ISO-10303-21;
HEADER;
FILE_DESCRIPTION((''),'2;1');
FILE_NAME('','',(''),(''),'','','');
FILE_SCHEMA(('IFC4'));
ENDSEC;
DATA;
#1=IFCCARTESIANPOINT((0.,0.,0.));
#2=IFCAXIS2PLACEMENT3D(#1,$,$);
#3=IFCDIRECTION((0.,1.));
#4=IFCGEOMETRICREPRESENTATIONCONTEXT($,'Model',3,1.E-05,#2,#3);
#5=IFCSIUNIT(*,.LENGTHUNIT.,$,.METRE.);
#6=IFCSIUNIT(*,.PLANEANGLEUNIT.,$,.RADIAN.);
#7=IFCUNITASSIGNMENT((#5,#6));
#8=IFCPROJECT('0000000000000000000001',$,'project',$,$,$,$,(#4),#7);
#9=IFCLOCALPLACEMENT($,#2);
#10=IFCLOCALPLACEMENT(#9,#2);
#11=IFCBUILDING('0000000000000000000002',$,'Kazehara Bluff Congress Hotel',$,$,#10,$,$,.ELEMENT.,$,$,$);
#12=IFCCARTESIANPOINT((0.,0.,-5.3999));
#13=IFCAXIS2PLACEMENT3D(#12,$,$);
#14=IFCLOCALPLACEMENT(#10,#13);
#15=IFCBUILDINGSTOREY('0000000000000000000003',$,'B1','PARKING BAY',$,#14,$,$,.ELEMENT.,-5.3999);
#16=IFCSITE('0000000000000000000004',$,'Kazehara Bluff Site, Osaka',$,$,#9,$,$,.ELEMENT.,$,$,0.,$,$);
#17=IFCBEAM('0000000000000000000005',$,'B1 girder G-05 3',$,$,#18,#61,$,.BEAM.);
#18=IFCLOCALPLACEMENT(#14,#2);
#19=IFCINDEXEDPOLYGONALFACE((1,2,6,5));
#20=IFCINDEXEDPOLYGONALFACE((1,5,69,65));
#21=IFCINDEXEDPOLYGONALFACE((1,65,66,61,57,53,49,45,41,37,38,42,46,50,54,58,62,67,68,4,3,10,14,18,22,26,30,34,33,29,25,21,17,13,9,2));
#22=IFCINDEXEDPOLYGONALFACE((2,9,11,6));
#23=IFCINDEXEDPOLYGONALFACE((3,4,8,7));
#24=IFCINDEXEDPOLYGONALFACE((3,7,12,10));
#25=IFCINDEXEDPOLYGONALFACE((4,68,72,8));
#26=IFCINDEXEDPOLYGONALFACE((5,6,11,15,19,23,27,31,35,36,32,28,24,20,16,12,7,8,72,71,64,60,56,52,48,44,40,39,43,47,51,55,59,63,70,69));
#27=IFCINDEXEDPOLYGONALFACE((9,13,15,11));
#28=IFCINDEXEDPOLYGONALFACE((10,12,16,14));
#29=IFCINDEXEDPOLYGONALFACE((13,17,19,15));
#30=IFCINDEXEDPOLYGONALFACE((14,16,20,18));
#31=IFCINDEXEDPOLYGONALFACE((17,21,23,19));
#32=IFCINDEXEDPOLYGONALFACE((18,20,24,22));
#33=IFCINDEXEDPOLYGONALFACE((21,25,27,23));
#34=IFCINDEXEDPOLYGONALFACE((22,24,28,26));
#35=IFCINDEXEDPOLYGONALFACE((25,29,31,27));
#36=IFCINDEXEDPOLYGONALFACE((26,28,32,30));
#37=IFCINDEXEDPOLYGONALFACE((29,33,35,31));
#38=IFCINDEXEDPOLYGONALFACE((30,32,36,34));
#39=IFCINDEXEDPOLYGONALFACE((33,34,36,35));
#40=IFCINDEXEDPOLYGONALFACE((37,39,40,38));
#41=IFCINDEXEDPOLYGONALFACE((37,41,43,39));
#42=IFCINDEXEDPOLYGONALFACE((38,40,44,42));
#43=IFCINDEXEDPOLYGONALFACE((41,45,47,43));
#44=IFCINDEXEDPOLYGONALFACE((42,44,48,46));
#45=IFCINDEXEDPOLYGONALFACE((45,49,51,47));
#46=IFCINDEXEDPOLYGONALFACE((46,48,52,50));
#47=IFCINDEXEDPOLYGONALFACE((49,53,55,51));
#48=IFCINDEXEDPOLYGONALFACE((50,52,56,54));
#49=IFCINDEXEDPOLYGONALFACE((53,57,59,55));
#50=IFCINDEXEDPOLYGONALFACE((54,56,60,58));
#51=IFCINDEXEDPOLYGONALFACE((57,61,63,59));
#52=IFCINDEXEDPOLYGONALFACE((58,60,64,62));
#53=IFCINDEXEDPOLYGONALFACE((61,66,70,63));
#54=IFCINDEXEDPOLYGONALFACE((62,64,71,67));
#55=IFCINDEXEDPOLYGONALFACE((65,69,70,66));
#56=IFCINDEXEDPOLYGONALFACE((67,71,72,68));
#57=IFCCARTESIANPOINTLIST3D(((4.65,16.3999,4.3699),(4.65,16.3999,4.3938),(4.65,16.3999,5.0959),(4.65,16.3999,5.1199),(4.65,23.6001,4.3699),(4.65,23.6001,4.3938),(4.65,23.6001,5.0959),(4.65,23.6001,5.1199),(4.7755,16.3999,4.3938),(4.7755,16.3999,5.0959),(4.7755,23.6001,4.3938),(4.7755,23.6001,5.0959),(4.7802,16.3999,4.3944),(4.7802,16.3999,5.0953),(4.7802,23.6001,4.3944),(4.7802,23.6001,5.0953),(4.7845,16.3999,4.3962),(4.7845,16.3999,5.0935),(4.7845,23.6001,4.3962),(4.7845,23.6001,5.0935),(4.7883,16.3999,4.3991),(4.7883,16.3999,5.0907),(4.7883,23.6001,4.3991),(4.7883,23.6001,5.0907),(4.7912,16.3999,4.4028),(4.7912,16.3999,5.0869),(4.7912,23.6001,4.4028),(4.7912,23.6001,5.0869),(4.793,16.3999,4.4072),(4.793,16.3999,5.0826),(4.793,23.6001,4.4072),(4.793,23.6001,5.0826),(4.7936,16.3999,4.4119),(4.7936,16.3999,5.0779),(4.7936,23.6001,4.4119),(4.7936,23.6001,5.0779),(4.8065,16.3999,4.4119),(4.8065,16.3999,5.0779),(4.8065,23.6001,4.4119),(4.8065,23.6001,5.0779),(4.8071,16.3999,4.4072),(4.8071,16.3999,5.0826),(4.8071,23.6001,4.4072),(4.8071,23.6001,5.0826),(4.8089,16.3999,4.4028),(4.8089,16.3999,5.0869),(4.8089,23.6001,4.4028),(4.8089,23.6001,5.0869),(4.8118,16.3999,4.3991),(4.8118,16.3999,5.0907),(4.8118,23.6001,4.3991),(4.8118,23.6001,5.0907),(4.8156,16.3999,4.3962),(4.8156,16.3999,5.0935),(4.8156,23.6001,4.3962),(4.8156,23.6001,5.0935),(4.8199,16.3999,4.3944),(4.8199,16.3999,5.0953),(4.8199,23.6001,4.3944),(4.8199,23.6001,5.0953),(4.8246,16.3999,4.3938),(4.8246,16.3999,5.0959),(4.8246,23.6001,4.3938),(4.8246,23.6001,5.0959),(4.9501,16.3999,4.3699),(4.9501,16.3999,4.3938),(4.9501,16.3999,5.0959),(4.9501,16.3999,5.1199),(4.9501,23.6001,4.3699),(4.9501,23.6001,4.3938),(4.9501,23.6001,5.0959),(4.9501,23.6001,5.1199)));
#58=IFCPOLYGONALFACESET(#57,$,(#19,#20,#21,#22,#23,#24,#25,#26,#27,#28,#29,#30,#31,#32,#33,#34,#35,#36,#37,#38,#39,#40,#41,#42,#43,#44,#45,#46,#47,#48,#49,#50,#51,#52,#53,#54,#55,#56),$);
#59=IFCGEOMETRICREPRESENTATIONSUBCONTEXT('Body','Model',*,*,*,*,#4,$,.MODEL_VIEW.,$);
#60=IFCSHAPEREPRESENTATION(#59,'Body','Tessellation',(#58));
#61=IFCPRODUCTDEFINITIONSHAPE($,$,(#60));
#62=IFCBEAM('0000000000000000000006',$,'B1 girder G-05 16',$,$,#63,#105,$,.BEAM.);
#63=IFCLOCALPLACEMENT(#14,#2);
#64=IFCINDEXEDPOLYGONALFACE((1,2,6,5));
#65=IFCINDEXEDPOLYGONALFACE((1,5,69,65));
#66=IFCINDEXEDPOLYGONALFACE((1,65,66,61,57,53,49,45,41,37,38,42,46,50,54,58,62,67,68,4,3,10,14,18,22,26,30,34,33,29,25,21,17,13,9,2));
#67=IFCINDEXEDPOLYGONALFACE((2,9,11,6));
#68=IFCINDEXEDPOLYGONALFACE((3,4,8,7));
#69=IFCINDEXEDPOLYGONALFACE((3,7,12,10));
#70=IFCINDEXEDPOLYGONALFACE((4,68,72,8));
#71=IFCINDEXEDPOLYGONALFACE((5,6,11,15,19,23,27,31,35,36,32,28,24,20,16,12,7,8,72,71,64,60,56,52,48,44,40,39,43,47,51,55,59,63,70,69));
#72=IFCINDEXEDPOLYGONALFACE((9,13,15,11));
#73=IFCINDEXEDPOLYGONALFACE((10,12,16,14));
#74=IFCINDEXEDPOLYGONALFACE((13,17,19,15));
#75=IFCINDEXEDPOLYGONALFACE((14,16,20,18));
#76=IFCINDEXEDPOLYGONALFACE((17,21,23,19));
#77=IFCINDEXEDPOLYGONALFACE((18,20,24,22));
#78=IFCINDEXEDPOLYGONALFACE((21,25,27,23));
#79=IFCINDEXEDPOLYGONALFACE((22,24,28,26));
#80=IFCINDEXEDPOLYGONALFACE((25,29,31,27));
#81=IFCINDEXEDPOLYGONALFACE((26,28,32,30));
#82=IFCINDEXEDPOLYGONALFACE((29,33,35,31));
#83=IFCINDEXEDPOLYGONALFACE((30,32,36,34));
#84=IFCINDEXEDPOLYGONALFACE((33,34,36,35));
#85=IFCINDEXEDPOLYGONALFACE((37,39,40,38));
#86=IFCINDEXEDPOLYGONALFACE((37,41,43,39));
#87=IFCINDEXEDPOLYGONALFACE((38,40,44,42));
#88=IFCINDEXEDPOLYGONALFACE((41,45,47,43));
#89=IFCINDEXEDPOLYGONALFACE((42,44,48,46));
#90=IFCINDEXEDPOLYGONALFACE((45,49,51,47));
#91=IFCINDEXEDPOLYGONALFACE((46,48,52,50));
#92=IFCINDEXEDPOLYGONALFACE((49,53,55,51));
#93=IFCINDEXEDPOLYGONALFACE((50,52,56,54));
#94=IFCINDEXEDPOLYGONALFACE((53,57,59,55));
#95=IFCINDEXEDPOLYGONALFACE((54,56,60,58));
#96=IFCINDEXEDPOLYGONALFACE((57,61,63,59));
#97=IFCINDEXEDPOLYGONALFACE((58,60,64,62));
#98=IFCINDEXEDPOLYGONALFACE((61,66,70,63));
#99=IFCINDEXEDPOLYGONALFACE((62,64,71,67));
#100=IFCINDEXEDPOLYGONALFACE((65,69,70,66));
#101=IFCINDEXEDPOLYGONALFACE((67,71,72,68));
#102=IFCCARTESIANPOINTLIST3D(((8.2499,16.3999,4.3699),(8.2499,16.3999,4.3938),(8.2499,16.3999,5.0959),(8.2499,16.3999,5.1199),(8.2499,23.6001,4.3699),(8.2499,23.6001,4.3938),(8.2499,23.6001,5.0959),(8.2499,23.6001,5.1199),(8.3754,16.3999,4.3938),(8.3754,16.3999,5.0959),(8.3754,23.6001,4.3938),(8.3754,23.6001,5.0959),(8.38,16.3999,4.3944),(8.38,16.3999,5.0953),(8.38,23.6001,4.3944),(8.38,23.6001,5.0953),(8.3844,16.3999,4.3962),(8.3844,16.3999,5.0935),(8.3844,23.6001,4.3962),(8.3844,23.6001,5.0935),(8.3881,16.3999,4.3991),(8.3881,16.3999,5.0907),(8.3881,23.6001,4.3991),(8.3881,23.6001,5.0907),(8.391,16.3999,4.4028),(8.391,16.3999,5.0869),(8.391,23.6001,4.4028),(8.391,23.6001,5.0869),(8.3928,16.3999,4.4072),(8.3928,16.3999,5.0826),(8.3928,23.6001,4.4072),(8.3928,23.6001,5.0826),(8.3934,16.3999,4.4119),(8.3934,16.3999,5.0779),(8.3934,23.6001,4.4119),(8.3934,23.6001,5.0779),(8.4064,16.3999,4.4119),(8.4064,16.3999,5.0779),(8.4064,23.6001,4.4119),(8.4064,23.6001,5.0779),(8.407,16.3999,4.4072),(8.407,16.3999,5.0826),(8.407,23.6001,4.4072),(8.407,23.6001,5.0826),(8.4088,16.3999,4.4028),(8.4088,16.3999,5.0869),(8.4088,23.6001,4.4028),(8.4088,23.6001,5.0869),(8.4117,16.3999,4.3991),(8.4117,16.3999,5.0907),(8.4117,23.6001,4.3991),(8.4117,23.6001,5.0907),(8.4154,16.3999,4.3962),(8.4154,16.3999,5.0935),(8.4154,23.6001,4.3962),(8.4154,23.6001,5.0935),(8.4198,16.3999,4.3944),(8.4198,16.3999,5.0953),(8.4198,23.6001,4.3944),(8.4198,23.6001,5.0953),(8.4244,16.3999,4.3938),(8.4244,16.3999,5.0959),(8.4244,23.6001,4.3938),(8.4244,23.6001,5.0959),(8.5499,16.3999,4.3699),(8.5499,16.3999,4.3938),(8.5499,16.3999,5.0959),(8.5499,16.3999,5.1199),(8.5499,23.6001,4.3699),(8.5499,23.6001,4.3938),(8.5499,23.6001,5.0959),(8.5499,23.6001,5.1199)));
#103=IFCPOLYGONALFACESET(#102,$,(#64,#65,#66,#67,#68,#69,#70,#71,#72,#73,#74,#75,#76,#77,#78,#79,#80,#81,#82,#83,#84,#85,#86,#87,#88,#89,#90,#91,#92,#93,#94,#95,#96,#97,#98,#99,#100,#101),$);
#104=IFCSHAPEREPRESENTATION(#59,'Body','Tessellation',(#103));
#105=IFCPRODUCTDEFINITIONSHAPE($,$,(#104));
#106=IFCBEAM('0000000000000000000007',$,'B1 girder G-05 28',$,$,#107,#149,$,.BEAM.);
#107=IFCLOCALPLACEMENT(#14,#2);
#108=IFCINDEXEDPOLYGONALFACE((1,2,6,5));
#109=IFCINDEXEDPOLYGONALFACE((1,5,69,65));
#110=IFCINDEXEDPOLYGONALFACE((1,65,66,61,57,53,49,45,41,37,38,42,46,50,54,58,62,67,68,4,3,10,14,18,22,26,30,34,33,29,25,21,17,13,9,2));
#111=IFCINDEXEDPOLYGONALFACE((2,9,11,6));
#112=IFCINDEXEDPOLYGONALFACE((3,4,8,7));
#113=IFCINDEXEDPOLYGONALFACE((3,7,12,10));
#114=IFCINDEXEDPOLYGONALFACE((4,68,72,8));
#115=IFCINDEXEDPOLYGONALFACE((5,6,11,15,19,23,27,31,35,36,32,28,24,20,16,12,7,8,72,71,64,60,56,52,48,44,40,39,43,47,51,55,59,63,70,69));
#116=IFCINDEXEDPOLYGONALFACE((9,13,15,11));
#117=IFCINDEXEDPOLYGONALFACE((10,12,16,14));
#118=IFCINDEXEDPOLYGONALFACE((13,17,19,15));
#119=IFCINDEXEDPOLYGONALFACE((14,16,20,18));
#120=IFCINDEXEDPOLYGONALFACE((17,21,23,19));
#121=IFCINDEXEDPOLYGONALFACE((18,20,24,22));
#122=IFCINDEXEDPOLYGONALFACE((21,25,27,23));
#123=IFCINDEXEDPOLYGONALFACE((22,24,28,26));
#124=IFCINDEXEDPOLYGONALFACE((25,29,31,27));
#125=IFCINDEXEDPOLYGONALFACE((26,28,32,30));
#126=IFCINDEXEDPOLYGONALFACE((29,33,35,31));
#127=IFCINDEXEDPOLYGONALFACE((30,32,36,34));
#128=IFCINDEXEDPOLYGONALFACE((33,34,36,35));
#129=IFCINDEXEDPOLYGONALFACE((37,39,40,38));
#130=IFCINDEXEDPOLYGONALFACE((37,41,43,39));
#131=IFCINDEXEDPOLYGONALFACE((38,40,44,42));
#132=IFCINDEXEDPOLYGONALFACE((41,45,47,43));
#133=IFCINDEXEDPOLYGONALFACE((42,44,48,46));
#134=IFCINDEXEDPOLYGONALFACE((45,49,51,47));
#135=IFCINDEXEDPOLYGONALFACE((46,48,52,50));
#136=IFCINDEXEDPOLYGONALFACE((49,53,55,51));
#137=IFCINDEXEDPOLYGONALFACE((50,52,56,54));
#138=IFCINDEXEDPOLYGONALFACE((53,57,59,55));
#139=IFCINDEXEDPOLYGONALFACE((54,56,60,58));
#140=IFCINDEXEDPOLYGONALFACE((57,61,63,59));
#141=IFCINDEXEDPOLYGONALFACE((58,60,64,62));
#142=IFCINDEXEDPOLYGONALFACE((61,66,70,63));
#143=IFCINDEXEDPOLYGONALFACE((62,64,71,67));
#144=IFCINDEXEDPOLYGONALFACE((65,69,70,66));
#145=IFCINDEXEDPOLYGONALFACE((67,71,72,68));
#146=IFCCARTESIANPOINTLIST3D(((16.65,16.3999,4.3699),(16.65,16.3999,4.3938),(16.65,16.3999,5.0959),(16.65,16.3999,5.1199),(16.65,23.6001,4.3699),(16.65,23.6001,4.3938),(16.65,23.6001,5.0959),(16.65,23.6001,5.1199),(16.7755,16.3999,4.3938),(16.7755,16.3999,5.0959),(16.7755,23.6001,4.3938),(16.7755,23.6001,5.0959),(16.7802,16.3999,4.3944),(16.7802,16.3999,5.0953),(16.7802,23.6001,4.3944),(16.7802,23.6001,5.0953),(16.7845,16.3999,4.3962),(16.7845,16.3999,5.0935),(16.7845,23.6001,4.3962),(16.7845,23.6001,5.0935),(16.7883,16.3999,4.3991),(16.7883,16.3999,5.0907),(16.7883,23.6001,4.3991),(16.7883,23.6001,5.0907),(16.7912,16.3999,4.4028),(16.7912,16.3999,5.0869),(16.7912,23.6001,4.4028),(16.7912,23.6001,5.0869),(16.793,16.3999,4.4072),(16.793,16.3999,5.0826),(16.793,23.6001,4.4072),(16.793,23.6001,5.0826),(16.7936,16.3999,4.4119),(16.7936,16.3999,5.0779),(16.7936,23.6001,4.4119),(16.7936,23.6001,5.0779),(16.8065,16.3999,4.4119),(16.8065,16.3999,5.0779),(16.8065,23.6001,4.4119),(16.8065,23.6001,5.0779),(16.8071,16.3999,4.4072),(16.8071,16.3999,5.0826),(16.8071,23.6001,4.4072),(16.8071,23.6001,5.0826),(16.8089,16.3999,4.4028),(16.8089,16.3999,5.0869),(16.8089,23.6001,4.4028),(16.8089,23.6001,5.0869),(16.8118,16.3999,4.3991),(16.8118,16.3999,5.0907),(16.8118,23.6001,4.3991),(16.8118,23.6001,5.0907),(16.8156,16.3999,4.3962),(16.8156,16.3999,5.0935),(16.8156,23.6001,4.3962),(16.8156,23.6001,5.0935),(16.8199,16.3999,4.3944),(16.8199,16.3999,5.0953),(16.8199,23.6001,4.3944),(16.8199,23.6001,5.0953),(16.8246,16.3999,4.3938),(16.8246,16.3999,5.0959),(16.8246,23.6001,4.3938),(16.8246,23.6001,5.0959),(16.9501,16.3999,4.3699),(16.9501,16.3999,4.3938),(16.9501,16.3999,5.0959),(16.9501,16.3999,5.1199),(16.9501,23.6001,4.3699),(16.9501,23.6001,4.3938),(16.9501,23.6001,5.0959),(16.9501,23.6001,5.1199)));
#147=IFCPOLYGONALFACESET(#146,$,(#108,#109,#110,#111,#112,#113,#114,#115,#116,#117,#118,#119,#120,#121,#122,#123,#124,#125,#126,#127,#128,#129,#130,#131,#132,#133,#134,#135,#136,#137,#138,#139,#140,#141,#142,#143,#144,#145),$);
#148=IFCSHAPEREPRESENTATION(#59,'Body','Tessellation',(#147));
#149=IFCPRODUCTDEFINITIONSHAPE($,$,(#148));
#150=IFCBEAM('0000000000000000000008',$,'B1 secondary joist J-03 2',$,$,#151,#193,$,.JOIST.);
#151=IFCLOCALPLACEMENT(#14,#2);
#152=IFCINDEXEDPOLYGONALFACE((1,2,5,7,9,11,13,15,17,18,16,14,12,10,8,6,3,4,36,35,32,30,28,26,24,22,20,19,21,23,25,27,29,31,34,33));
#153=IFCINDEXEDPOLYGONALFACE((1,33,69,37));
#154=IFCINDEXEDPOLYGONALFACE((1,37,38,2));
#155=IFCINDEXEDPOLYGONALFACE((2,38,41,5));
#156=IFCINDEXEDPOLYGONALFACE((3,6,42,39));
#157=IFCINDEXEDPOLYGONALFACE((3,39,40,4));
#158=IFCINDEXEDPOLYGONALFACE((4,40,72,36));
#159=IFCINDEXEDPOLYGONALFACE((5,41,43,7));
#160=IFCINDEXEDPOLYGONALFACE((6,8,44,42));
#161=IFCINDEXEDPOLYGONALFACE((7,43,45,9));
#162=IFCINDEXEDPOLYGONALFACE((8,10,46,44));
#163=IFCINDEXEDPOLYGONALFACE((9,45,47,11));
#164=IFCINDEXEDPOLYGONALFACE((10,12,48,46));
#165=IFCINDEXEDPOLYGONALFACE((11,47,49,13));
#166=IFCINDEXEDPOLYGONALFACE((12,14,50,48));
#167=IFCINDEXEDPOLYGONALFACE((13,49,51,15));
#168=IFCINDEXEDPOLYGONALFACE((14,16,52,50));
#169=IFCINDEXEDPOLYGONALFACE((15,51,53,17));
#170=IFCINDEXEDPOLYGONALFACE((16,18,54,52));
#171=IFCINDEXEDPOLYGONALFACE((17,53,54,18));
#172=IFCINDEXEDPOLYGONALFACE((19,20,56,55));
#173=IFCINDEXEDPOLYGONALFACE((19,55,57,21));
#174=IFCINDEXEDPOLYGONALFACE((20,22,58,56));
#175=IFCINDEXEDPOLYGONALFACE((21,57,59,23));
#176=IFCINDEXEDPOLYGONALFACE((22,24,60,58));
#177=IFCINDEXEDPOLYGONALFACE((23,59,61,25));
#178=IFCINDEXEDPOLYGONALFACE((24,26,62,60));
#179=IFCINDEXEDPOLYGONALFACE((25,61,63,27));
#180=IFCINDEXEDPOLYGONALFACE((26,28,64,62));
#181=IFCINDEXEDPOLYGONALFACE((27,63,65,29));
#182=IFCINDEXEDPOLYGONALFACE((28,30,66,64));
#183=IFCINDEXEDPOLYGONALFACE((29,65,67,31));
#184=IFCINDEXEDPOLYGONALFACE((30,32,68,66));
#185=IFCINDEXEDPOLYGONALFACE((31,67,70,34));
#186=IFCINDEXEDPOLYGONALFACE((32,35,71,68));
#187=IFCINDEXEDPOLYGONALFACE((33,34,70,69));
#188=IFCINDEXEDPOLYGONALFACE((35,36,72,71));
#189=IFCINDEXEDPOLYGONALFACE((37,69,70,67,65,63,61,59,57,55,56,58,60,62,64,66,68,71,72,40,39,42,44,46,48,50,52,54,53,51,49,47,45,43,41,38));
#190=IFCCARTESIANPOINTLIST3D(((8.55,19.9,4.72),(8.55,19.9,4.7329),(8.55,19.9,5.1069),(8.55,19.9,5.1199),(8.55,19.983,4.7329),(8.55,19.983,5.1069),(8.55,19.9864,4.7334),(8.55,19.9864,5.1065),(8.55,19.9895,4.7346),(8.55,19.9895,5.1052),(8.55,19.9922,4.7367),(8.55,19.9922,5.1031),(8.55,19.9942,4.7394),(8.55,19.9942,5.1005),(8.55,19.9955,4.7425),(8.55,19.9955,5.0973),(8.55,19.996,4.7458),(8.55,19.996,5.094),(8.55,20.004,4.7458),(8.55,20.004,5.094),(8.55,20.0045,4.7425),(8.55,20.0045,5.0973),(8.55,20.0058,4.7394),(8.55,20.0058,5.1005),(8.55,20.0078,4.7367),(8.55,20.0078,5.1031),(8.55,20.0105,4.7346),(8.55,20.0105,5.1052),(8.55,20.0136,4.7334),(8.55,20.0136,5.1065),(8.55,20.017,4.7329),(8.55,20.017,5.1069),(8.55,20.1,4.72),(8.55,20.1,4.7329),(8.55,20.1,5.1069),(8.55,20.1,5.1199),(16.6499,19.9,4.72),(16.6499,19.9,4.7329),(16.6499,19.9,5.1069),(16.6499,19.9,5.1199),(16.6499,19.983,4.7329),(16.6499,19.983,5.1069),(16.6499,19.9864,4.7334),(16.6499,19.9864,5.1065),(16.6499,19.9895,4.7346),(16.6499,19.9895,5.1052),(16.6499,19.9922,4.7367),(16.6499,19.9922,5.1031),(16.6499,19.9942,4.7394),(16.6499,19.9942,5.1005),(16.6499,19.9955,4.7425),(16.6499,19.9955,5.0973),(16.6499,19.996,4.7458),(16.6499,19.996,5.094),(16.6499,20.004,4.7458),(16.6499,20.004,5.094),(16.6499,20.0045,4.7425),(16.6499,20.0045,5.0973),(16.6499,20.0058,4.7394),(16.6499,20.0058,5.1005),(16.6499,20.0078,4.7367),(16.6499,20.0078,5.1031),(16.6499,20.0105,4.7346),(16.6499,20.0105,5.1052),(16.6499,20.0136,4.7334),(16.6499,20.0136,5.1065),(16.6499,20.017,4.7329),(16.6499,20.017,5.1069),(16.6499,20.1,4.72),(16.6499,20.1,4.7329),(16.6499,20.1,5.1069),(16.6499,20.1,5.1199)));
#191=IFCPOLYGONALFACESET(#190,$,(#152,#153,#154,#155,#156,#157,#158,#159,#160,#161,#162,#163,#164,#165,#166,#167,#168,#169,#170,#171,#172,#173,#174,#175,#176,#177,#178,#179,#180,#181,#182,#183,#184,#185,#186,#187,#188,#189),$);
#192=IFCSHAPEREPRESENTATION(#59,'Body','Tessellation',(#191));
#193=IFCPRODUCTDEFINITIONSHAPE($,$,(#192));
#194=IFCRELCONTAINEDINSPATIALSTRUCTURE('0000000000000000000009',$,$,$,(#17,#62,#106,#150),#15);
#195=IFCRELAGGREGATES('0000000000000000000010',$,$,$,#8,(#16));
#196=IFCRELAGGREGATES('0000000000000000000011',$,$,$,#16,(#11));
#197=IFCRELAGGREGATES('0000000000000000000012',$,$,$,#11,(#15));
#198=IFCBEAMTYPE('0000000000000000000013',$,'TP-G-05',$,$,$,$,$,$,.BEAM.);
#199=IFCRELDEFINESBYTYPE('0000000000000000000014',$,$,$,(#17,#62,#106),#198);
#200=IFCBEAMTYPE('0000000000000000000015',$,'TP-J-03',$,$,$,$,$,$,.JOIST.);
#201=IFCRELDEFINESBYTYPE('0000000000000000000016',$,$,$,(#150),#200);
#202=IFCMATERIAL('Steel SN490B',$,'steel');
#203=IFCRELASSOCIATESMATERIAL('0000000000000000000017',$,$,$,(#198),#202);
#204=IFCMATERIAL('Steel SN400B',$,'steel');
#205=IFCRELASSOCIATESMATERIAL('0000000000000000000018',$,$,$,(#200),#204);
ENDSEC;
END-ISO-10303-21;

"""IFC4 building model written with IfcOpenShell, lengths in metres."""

from ifc_helpers import new_model, si_unit, direction, frame, origin, origin_2d, place, context, subcontext, project, spatial, i_section, extrude, material, material_profile, profile_set, type_object, element, save


model = new_model("IFC4")

# Units and contexts
model_context = context("Model", 3, precision=1e-05, world=origin(), true_north=direction((0.0, 1.0)))
body_context = subcontext(model_context, "Body", "Model", "MODEL_VIEW")
ifc_project = project(units=[si_unit("LENGTHUNIT", "METRE"), si_unit("PLANEANGLEUNIT", "RADIAN")], contexts=[model_context])

# Site, building, storey
site_placement = place(None, origin())
site = spatial("IfcSite", under=ifc_project, at=site_placement, Name="Kazehara Bluff Site, Osaka", CompositionType="ELEMENT", RefElevation=0.0)
building_placement = place(site_placement, origin())
building = spatial("IfcBuilding", under=site, at=building_placement, Name="Kazehara Bluff Congress Hotel", CompositionType="ELEMENT")
storey_placement = place(building_placement, frame((0.0, 0.0, -5.3999)))
storey = spatial("IfcBuildingStorey", under=building, at=storey_placement, Name="B1", Description="PARKING BAY", CompositionType="ELEMENT", Elevation=-5.3999)

# Beams
ifc_material_1 = material(Name="Steel SN490B", Category="steel")
ifc_material_profile_1 = material_profile(ifc_material_1, i_section(OverallWidth=0.3, OverallDepth=0.75, WebThickness=0.0129, FlangeThickness=0.0239, FilletRadius=0.0181, at=origin_2d()))
ifc_profile_set_1 = profile_set([ifc_material_profile_1], Name="Steel SN490B")
beam_type_1 = type_object("IfcBeamType", Name="TP-G-05", PredefinedType="BEAM", material=ifc_profile_set_1)
for number, where, z_axis, x_axis, name in (
    (1, (4.8, 16.3999, 4.7449), (0.0, 1.0, 0.0), (-1.0, 0.0, 0.0), "B1 girder G-05 3"),
    (2, (8.3999, 16.3999, 4.7449), (0.0, 1.0, 0.0), (-1.0, 0.0, 0.0), "B1 girder G-05 16"),
    (3, (16.8, 16.3999, 4.7449), (0.0, 1.0, 0.0), (-1.0, 0.0, 0.0), "B1 girder G-05 28"),
):
    element("IfcBeam", number, at=place(storey_placement, frame(where, z_axis=z_axis, x_axis=x_axis)), inside=storey, type_object=beam_type_1, Name=name, PredefinedType="BEAM", context=body_context, shape_type="SweptSolid", body=[
        extrude(i_section(OverallWidth=0.3, OverallDepth=0.75, WebThickness=0.0129, FlangeThickness=0.0239, FilletRadius=0.0181, at=origin_2d()), origin(), (0.0, 0.0, 1.0), 7.2002),
    ])
ifc_material_2 = material(Name="Steel SN400B", Category="steel")
ifc_material_profile_2 = material_profile(ifc_material_2, i_section(OverallWidth=0.2, OverallDepth=0.3999, WebThickness=0.0081, FlangeThickness=0.0129, FilletRadius=0.0129, at=origin_2d()))
ifc_profile_set_2 = profile_set([ifc_material_profile_2], Name="Steel SN400B")
beam_type_2 = type_object("IfcBeamType", Name="TP-J-03", PredefinedType="JOIST", material=ifc_profile_set_2)
beam_1_placement = place(storey_placement, frame((8.55, 20.0, 4.9199), z_axis=(1.0, 0.0, 0.0), x_axis=(0.0, 1.0, 0.0)))
element("IfcBeam", 4, at=beam_1_placement, inside=storey, type_object=beam_type_2, Name="B1 secondary joist J-03 2", PredefinedType="JOIST", context=body_context, shape_type="SweptSolid", body=[
    extrude(i_section(OverallWidth=0.2, OverallDepth=0.3999, WebThickness=0.0081, FlangeThickness=0.0129, FilletRadius=0.0129, at=origin_2d()), origin(), (0.0, 0.0, 1.0), 8.0999),
])

save(model, "model.ifc")
